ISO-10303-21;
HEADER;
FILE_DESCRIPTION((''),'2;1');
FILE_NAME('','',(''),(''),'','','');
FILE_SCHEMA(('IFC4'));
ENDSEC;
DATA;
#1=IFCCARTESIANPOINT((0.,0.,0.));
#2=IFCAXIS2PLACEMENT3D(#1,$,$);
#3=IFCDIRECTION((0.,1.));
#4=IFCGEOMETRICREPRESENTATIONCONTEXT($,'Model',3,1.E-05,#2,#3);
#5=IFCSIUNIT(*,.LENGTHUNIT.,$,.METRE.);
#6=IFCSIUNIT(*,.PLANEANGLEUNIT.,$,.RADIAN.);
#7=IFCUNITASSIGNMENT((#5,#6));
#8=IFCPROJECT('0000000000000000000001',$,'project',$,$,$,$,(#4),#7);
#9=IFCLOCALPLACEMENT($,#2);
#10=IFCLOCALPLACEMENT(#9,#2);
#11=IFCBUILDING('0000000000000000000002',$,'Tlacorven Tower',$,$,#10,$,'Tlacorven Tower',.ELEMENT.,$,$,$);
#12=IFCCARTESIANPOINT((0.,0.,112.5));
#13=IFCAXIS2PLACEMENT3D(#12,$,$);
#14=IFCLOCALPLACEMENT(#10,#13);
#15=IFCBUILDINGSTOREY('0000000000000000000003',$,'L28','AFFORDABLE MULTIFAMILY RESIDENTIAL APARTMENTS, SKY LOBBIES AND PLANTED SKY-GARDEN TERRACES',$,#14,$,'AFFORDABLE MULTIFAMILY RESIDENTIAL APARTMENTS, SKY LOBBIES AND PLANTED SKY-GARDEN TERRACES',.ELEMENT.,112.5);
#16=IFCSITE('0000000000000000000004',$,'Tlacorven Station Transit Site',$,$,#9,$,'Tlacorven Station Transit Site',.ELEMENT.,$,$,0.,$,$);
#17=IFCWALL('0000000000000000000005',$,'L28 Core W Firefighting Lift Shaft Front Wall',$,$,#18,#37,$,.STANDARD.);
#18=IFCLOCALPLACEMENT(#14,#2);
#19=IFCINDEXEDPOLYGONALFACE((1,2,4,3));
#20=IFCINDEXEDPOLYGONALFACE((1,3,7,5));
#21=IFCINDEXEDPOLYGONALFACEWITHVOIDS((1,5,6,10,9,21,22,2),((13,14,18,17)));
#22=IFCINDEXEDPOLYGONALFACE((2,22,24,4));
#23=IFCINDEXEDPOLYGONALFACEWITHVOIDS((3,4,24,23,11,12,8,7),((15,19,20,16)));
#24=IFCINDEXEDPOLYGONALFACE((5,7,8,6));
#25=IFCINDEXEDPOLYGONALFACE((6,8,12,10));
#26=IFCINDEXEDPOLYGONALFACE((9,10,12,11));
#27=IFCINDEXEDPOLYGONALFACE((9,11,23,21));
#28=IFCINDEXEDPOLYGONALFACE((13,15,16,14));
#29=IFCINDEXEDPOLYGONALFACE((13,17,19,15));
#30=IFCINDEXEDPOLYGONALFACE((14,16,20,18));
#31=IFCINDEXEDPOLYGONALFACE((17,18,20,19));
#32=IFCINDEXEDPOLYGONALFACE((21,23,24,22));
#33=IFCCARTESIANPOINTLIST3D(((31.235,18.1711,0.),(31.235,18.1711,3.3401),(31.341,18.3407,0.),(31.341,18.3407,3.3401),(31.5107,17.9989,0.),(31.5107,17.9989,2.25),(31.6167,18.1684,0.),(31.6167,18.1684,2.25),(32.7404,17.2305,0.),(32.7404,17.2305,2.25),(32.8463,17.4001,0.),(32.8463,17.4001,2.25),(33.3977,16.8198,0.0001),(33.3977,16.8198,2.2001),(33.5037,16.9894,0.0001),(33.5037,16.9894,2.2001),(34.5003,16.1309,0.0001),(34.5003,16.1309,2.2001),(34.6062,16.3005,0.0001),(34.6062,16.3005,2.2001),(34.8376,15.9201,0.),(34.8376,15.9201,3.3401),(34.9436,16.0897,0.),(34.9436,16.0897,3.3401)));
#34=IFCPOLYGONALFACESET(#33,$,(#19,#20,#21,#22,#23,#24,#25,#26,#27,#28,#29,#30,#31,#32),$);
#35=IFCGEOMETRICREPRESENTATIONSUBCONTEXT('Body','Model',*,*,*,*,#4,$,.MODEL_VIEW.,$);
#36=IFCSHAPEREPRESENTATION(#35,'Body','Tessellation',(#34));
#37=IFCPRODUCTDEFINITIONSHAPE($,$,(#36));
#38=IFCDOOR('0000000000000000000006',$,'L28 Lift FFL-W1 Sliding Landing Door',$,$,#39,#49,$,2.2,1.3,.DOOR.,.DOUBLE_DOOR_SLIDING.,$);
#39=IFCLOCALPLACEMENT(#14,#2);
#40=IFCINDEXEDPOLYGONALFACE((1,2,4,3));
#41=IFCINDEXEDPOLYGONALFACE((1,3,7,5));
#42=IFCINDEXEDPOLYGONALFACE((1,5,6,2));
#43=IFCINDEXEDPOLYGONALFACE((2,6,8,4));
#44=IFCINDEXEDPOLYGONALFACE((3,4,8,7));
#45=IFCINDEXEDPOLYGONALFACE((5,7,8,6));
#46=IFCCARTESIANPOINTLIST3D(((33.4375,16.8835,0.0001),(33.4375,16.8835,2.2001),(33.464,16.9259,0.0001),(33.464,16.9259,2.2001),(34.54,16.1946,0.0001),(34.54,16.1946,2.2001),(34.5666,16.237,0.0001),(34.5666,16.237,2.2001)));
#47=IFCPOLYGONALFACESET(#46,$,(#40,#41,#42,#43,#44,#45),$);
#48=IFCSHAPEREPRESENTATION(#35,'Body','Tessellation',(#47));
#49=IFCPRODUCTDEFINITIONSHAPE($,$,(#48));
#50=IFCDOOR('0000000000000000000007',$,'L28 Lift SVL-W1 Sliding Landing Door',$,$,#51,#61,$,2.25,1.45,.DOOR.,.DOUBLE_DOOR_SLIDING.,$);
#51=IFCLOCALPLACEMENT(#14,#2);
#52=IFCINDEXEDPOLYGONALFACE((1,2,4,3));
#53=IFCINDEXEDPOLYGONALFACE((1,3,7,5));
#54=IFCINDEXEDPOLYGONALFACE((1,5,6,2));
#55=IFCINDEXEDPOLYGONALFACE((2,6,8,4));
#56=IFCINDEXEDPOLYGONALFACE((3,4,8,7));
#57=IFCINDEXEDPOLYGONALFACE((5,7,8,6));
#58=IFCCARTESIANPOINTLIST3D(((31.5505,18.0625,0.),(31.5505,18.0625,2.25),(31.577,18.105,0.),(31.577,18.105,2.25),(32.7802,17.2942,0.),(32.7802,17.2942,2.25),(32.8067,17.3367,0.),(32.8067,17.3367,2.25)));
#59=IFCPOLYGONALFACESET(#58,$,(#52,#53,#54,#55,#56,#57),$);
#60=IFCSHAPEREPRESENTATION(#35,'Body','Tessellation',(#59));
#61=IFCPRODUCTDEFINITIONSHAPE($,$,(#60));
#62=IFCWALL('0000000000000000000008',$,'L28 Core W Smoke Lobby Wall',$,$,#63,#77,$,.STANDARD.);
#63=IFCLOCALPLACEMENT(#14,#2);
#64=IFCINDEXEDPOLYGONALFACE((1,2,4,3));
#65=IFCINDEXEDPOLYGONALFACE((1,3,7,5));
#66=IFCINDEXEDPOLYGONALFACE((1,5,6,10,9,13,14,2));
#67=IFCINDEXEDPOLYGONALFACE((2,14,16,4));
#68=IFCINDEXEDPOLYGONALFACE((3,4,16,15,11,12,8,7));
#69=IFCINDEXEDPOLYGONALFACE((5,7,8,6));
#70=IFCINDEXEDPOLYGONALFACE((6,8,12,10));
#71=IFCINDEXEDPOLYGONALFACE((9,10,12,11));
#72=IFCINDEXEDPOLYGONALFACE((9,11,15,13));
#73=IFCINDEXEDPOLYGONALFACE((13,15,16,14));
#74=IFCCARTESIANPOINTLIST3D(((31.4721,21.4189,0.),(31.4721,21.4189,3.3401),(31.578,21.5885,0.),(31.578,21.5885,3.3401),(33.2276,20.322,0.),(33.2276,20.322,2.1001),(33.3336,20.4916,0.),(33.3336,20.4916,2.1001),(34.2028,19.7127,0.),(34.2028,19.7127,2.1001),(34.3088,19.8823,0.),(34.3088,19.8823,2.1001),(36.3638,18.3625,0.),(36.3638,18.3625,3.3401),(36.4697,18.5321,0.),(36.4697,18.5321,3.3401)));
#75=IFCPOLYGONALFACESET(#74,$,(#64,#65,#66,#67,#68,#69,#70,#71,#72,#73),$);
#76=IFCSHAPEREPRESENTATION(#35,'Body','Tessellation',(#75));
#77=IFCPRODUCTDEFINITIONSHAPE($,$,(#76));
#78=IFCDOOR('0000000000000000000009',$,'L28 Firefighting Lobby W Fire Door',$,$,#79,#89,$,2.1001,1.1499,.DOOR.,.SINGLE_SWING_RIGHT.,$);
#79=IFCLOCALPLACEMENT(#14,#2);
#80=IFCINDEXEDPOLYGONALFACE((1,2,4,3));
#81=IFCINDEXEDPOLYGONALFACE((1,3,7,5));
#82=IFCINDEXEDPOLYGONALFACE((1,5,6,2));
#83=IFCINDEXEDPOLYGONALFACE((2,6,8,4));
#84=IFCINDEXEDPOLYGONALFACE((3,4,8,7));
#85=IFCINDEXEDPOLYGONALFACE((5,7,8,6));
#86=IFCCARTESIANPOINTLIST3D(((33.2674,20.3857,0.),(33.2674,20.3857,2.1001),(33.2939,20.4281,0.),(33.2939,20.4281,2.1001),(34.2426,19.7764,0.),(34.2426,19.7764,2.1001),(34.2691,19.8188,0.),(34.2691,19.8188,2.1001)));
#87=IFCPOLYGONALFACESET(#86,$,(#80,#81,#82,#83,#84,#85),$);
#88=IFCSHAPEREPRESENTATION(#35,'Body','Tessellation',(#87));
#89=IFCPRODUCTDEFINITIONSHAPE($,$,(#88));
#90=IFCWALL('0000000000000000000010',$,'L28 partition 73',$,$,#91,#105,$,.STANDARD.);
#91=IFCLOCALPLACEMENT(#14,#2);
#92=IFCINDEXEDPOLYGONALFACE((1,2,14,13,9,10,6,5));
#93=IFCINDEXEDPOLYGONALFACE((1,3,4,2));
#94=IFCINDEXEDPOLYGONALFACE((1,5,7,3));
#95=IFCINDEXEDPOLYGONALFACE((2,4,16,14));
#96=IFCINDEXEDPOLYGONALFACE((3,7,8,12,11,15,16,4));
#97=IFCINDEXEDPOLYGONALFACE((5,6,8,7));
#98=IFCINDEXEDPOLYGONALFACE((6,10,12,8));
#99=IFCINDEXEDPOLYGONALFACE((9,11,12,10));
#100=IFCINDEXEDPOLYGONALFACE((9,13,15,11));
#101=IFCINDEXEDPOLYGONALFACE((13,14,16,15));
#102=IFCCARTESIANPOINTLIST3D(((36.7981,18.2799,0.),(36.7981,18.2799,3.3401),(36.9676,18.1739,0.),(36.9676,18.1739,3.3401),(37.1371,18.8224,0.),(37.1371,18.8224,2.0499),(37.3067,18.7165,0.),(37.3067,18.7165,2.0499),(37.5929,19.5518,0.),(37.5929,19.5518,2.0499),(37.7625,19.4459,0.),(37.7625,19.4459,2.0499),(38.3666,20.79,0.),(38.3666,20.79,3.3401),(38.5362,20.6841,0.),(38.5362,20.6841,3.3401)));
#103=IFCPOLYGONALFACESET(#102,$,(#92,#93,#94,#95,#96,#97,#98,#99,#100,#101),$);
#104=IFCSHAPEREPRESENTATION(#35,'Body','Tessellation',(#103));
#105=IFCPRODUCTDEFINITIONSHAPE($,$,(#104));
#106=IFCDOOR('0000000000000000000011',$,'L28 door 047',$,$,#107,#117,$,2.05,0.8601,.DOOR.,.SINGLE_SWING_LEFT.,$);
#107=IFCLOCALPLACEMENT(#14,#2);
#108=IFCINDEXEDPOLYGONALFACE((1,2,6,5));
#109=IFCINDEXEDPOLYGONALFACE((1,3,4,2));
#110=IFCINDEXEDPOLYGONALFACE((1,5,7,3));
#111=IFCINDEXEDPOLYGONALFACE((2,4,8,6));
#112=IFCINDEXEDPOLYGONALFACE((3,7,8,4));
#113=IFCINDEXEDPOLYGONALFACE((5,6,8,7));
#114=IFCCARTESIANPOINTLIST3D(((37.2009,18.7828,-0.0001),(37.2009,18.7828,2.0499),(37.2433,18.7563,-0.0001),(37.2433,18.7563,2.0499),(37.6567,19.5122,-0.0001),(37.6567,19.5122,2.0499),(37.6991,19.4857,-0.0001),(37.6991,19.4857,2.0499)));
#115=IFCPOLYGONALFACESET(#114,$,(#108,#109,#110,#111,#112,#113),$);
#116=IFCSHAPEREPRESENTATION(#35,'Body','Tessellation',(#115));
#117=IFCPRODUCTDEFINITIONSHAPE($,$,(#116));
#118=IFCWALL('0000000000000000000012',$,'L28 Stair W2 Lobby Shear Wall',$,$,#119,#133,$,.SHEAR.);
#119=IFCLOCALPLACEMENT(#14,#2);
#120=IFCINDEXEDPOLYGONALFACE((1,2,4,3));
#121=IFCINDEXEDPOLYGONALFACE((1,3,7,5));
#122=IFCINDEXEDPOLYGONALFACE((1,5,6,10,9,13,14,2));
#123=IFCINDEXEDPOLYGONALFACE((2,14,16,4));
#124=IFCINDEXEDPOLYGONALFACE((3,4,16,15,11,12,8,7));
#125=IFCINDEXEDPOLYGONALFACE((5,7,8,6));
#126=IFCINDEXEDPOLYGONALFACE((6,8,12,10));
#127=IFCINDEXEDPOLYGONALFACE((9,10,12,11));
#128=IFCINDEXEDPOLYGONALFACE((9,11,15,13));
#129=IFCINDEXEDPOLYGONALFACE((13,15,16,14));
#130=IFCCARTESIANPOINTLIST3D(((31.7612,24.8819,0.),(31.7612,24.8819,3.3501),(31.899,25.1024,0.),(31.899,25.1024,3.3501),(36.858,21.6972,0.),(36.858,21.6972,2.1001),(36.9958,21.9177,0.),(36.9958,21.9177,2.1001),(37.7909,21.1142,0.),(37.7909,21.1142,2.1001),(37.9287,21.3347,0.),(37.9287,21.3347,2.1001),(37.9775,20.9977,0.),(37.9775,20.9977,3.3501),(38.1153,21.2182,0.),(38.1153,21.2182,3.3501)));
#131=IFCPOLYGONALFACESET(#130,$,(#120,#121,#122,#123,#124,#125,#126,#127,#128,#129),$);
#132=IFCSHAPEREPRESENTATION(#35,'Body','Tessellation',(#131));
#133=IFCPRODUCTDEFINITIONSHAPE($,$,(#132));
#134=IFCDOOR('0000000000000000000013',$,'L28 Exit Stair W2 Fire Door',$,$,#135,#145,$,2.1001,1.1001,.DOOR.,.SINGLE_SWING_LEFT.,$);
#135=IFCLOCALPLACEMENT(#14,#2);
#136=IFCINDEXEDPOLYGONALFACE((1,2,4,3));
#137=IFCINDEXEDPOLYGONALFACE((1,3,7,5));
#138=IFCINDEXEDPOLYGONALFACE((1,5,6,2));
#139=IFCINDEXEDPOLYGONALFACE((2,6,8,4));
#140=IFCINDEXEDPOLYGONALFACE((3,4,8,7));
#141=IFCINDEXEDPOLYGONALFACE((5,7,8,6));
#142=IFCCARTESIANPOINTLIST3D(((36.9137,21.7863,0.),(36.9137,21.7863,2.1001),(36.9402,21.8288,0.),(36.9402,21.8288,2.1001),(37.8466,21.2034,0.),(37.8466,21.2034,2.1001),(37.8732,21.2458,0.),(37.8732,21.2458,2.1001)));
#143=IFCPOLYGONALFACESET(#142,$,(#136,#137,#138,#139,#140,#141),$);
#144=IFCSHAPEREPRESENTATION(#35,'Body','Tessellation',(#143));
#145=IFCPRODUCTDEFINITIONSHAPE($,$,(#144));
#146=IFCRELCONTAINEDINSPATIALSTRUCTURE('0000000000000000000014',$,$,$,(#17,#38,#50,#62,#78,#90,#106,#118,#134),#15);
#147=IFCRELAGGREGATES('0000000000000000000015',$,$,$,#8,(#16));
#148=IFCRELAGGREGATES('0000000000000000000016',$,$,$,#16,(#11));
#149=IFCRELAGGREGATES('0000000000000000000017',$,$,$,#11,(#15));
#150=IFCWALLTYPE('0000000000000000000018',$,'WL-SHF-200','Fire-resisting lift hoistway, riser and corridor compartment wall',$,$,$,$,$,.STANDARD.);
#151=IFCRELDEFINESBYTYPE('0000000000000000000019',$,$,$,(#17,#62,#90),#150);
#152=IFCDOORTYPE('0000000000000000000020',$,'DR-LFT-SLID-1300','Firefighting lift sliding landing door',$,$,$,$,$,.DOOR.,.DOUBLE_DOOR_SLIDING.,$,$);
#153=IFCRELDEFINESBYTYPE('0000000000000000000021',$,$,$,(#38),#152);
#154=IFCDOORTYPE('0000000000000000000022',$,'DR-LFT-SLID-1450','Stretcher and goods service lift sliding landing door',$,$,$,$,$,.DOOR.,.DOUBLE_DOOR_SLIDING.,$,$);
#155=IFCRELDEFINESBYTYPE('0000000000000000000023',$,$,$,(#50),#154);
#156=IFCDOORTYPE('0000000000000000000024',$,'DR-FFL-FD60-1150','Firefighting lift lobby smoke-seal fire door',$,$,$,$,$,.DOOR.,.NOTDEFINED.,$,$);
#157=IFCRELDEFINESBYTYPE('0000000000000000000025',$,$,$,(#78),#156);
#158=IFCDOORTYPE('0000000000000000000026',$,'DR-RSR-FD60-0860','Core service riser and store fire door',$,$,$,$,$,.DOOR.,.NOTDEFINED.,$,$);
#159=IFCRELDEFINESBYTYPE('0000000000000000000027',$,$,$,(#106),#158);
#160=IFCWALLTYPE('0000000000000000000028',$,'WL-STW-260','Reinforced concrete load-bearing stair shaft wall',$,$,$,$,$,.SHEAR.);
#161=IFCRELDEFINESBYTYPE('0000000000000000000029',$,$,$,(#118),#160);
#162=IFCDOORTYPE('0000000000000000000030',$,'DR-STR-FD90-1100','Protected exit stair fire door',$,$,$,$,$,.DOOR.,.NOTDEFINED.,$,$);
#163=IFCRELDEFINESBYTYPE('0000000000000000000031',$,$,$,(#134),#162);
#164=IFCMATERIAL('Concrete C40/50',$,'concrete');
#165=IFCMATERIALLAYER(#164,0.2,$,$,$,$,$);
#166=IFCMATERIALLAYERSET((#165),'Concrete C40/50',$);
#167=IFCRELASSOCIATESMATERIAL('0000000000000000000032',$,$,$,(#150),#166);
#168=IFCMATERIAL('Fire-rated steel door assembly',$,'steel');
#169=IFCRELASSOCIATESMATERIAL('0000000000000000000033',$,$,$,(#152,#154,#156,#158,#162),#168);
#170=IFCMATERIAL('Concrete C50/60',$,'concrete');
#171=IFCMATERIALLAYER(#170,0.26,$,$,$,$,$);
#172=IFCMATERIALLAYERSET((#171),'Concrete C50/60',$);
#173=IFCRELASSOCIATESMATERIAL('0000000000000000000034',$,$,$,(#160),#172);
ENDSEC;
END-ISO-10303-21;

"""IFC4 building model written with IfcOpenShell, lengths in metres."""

from ifc_helpers import new_model, si_unit, direction, frame, frame_2d, origin, place, context, subcontext, project, spatial, rectangle, extrude, source, transform, mapped, material, layer, layer_set, type_object, element, fill, save


model = new_model("IFC4")

# Units and contexts
model_context = context("Model", 3, precision=1e-05, world=origin(), true_north=direction((0.0, 1.0)))
body_context = subcontext(model_context, "Body", "Model", "MODEL_VIEW")
ifc_project = project(units=[si_unit("LENGTHUNIT", "METRE"), si_unit("PLANEANGLEUNIT", "RADIAN")], contexts=[model_context])

# Site, building, storey
site_placement = place(None, origin())
site = spatial("IfcSite", under=ifc_project, at=site_placement, Name="Tlacorven Station Transit Site", LongName="Tlacorven Station Transit Site", CompositionType="ELEMENT", RefElevation=0.0)
building_placement = place(site_placement, origin())
building = spatial("IfcBuilding", under=site, at=building_placement, Name="Tlacorven Tower", LongName="Tlacorven Tower", CompositionType="ELEMENT")
storey_placement = place(building_placement, frame((0.0, 0.0, 112.5)))
storey = spatial("IfcBuildingStorey", under=building, at=storey_placement, Name="L28", Description="AFFORDABLE MULTIFAMILY RESIDENTIAL APARTMENTS, SKY LOBBIES AND PLANTED SKY-GARDEN TERRACES", LongName="AFFORDABLE MULTIFAMILY RESIDENTIAL APARTMENTS, SKY LOBBIES AND PLANTED SKY-GARDEN TERRACES", CompositionType="ELEMENT", Elevation=112.5)

# Shared definitions
ifc_material_1 = material(Name="Fire-rated steel door assembly", Category="steel")

# Wall, openings, doors
ifc_material_2 = material(Name="Concrete C40/50", Category="concrete")
ifc_layer_1 = layer(ifc_material_2, 0.2)
ifc_layer_set_1 = layer_set([ifc_layer_1], Name="Concrete C40/50")
wall_type_1 = type_object("IfcWallType", Name="WL-SHF-200", Description="Fire-resisting lift hoistway, riser and corridor compartment wall", PredefinedType="STANDARD", material=ifc_layer_set_1)
wall_1_placement = place(storey_placement, frame((34.8906, 16.0049, 0.0), z_axis=(0.0, 0.0, 1.0), x_axis=(-0.848063, 0.529896, 0.0)))
wall_1 = element("IfcWall", 1, at=wall_1_placement, inside=storey, type_object=wall_type_1, Name="L28 Core W Firefighting Lift Shaft Front Wall", PredefinedType="STANDARD", context=body_context, shape_type="SweptSolid", body=[
    extrude(rectangle(XDim=4.248, YDim=0.2, at=frame_2d((2.124, 0.0))), origin(), (0.0, 0.0, 1.0), 3.3401),
])
opening_1_placement = place(wall_1_placement, frame((0.3979, 0.0, 0.0)))
opening_1 = element("IfcOpeningElement", 2, at=opening_1_placement, cuts=wall_1, PredefinedType="OPENING", context=body_context, shape_type="SweptSolid", body=[
    extrude(rectangle(XDim=1.3, YDim=2.2, at=frame_2d((0.6499, 1.1001))), frame((0.0, 0.1099, 0.0), z_axis=(0.0, -1.0, 0.0), x_axis=(1.0, 0.0, 0.0)), (0.0, 0.0, 1.0), 0.22),
])
opening_2_placement = place(wall_1_placement, frame((2.4729, 0.0, 0.0)))
opening_2 = element("IfcOpeningElement", 3, at=opening_2_placement, cuts=wall_1, PredefinedType="OPENING", context=body_context, shape_type="SweptSolid", body=[
    extrude(rectangle(XDim=1.45, YDim=2.25, at=frame_2d((0.7251, 1.125))), frame((0.0, 0.1099, 0.0), z_axis=(0.0, -1.0, 0.0), x_axis=(1.0, 0.0, 0.0)), (0.0, 0.0, 1.0), 0.22),
])
door_type_1 = type_object("IfcDoorType", Name="DR-LFT-SLID-1300", Description="Firefighting lift sliding landing door", OperationType="DOUBLE_DOOR_SLIDING", PredefinedType="DOOR", material=ifc_material_1)
shared_shape_1 = source(origin(), body_context, "Body", "SweptSolid", [
    extrude(rectangle(XDim=1.3, YDim=2.2, at=frame_2d((0.6499, 1.1001))), frame((0.0, 0.0249, 0.0), z_axis=(0.0, -1.0, 0.0), x_axis=(1.0, 0.0, 0.0)), (0.0, 0.0, 1.0), 0.05),
])
door_1_placement = place(opening_1_placement, origin())
door_1 = element("IfcDoor", 4, at=door_1_placement, inside=storey, type_object=door_type_1, Name="L28 Lift FFL-W1 Sliding Landing Door", OperationType="DOUBLE_DOOR_SLIDING", OverallHeight=2.2, OverallWidth=1.3, PredefinedType="DOOR", context=body_context, shape_type="MappedRepresentation", body=[
    mapped(shared_shape_1, transform((0.0, 0.0, 0.0), scale=1.0)),
])
fill(opening_1, door_1)
door_type_2 = type_object("IfcDoorType", Name="DR-LFT-SLID-1450", Description="Stretcher and goods service lift sliding landing door", OperationType="DOUBLE_DOOR_SLIDING", PredefinedType="DOOR", material=ifc_material_1)
shared_shape_2 = source(origin(), body_context, "Body", "SweptSolid", [
    extrude(rectangle(XDim=1.45, YDim=2.25, at=frame_2d((0.7251, 1.125))), frame((0.0, 0.0249, 0.0), z_axis=(0.0, -1.0, 0.0), x_axis=(1.0, 0.0, 0.0)), (0.0, 0.0, 1.0), 0.05),
])
door_2_placement = place(opening_2_placement, origin())
door_2 = element("IfcDoor", 5, at=door_2_placement, inside=storey, type_object=door_type_2, Name="L28 Lift SVL-W1 Sliding Landing Door", OperationType="DOUBLE_DOOR_SLIDING", OverallHeight=2.25, OverallWidth=1.45, PredefinedType="DOOR", context=body_context, shape_type="MappedRepresentation", body=[
    mapped(shared_shape_2, transform((0.0, 0.0, 0.0), scale=1.0)),
])
fill(opening_2, door_2)

# Walls, openings, doors
wall_2_placement = place(storey_placement, frame((36.4167, 18.4473, 0.0), z_axis=(0.0, 0.0, 1.0), x_axis=(-0.848065, 0.529892, 0.0)))
wall_2 = element("IfcWall", 6, at=wall_2_placement, inside=storey, type_object=wall_type_1, Name="L28 Core W Smoke Lobby Wall", PredefinedType="STANDARD", context=body_context, shape_type="SweptSolid", body=[
    extrude(rectangle(XDim=5.7681, YDim=0.2, at=frame_2d((2.884, 0.0))), origin(), (0.0, 0.0, 1.0), 3.3401),
])
opening_3_placement = place(wall_2_placement, frame((2.5481, 0.0, 0.0)))
opening_3 = element("IfcOpeningElement", 7, at=opening_3_placement, cuts=wall_2, PredefinedType="OPENING", context=body_context, shape_type="SweptSolid", body=[
    extrude(rectangle(XDim=1.1499, YDim=2.1001, at=frame_2d((0.575, 1.05))), frame((0.0, 0.1099, 0.0), z_axis=(0.0, -1.0, 0.0), x_axis=(1.0, 0.0, 0.0)), (0.0, 0.0, 1.0), 0.22),
])
door_type_3 = type_object("IfcDoorType", Name="DR-FFL-FD60-1150", Description="Firefighting lift lobby smoke-seal fire door", OperationType="NOTDEFINED", PredefinedType="DOOR", material=ifc_material_1)
shared_shape_3 = source(origin(), body_context, "Body", "SweptSolid", [
    extrude(rectangle(XDim=1.1499, YDim=2.1001, at=frame_2d((0.575, 1.05))), frame((0.0, 0.0249, 0.0), z_axis=(0.0, -1.0, 0.0), x_axis=(1.0, 0.0, 0.0)), (0.0, 0.0, 1.0), 0.05),
])
door_3_placement = place(opening_3_placement, origin())
door_3 = element("IfcDoor", 8, at=door_3_placement, inside=storey, type_object=door_type_3, Name="L28 Firefighting Lobby W Fire Door", OperationType="SINGLE_SWING_RIGHT", OverallHeight=2.1001, OverallWidth=1.1499, PredefinedType="DOOR", context=body_context, shape_type="MappedRepresentation", body=[
    mapped(shared_shape_3, transform((0.0, 0.0, 0.0), scale=1.0)),
])
fill(opening_3, door_3)
wall_3_placement = place(storey_placement, frame((38.4514, 20.7371, 0.0), z_axis=(0.0, 0.0, 1.0), x_axis=(-0.529925, -0.848045, 0.0)))
wall_3 = element("IfcWall", 9, at=wall_3_placement, inside=storey, type_object=wall_type_1, Name="L28 partition 73", PredefinedType="STANDARD", context=body_context, shape_type="SweptSolid", body=[
    extrude(rectangle(XDim=2.96, YDim=0.2, at=frame_2d((1.48, 0.0))), origin(), (0.0, 0.0, 1.0), 3.3401),
])
opening_4_placement = place(wall_3_placement, frame((1.46, 0.0, 0.0)))
opening_4 = element("IfcOpeningElement", 10, at=opening_4_placement, cuts=wall_3, PredefinedType="OPENING", context=body_context, shape_type="SweptSolid", body=[
    extrude(rectangle(XDim=0.8601, YDim=2.05, at=frame_2d((0.4302, 1.0249))), frame((0.0, 0.1099, 0.0), z_axis=(0.0, -1.0, 0.0), x_axis=(1.0, 0.0, 0.0)), (0.0, 0.0, 1.0), 0.22),
])
door_type_4 = type_object("IfcDoorType", Name="DR-RSR-FD60-0860", Description="Core service riser and store fire door", OperationType="NOTDEFINED", PredefinedType="DOOR", material=ifc_material_1)
shared_shape_4 = source(origin(), body_context, "Body", "SweptSolid", [
    extrude(rectangle(XDim=0.8601, YDim=2.05, at=frame_2d((0.4302, 1.0249))), frame((0.0, 0.0249, 0.0), z_axis=(0.0, -1.0, 0.0), x_axis=(1.0, 0.0, 0.0)), (0.0, 0.0, 1.0), 0.05),
])
door_4_placement = place(opening_4_placement, frame((0.8601, 0.0, 0.0), z_axis=(0.0, 0.0, 1.0), x_axis=(-1.0, 0.0, 0.0)))
door_4 = element("IfcDoor", 11, at=door_4_placement, inside=storey, type_object=door_type_4, Name="L28 door 047", OperationType="SINGLE_SWING_LEFT", OverallHeight=2.05, OverallWidth=0.8601, PredefinedType="DOOR", context=body_context, shape_type="MappedRepresentation", body=[
    mapped(shared_shape_4, transform((0.0, 0.0, 0.0), scale=1.0)),
])
fill(opening_4, door_4)
ifc_material_3 = material(Name="Concrete C50/60", Category="concrete")
ifc_layer_2 = layer(ifc_material_3, 0.26)
ifc_layer_set_2 = layer_set([ifc_layer_2], Name="Concrete C50/60")
wall_type_2 = type_object("IfcWallType", Name="WL-STW-260", Description="Reinforced concrete load-bearing stair shaft wall", PredefinedType="SHEAR", material=ifc_layer_set_2)
wall_4_placement = place(storey_placement, frame((38.0464, 21.1079, 0.0), z_axis=(0.0, 0.0, 1.0), x_axis=(-0.848054, 0.529909, 0.0)))
wall_4 = element("IfcWall", 12, at=wall_4_placement, inside=storey, type_object=wall_type_2, Name="L28 Stair W2 Lobby Shear Wall", PredefinedType="SHEAR", context=body_context, shape_type="SweptSolid", body=[
    extrude(rectangle(XDim=7.3301, YDim=0.26, at=frame_2d((3.665, 0.0))), origin(), (0.0, 0.0, 1.0), 3.3501),
])
opening_5_placement = place(wall_4_placement, frame((0.22, 0.0, 0.0)))
opening_5 = element("IfcOpeningElement", 13, at=opening_5_placement, cuts=wall_4, PredefinedType="OPENING", context=body_context, shape_type="SweptSolid", body=[
    extrude(rectangle(XDim=1.1001, YDim=2.1001, at=frame_2d((0.55, 1.05))), frame((0.0, 0.1401, 0.0), z_axis=(0.0, -1.0, 0.0), x_axis=(1.0, 0.0, 0.0)), (0.0, 0.0, 1.0), 0.28),
])
door_type_5 = type_object("IfcDoorType", Name="DR-STR-FD90-1100", Description="Protected exit stair fire door", OperationType="NOTDEFINED", PredefinedType="DOOR", material=ifc_material_1)
shared_shape_5 = source(origin(), body_context, "Body", "SweptSolid", [
    extrude(rectangle(XDim=1.1001, YDim=2.1001, at=frame_2d((0.55, 1.05))), frame((0.0, 0.0249, 0.0), z_axis=(0.0, -1.0, 0.0), x_axis=(1.0, 0.0, 0.0)), (0.0, 0.0, 1.0), 0.05),
])
door_5_placement = place(opening_5_placement, origin())
door_5 = element("IfcDoor", 14, at=door_5_placement, inside=storey, type_object=door_type_5, Name="L28 Exit Stair W2 Fire Door", OperationType="SINGLE_SWING_LEFT", OverallHeight=2.1001, OverallWidth=1.1001, PredefinedType="DOOR", context=body_context, shape_type="MappedRepresentation", body=[
    mapped(shared_shape_5, transform((0.0, 0.0, 0.0), scale=1.0)),
])
fill(opening_5, door_5)

save(model, "model.ifc")
